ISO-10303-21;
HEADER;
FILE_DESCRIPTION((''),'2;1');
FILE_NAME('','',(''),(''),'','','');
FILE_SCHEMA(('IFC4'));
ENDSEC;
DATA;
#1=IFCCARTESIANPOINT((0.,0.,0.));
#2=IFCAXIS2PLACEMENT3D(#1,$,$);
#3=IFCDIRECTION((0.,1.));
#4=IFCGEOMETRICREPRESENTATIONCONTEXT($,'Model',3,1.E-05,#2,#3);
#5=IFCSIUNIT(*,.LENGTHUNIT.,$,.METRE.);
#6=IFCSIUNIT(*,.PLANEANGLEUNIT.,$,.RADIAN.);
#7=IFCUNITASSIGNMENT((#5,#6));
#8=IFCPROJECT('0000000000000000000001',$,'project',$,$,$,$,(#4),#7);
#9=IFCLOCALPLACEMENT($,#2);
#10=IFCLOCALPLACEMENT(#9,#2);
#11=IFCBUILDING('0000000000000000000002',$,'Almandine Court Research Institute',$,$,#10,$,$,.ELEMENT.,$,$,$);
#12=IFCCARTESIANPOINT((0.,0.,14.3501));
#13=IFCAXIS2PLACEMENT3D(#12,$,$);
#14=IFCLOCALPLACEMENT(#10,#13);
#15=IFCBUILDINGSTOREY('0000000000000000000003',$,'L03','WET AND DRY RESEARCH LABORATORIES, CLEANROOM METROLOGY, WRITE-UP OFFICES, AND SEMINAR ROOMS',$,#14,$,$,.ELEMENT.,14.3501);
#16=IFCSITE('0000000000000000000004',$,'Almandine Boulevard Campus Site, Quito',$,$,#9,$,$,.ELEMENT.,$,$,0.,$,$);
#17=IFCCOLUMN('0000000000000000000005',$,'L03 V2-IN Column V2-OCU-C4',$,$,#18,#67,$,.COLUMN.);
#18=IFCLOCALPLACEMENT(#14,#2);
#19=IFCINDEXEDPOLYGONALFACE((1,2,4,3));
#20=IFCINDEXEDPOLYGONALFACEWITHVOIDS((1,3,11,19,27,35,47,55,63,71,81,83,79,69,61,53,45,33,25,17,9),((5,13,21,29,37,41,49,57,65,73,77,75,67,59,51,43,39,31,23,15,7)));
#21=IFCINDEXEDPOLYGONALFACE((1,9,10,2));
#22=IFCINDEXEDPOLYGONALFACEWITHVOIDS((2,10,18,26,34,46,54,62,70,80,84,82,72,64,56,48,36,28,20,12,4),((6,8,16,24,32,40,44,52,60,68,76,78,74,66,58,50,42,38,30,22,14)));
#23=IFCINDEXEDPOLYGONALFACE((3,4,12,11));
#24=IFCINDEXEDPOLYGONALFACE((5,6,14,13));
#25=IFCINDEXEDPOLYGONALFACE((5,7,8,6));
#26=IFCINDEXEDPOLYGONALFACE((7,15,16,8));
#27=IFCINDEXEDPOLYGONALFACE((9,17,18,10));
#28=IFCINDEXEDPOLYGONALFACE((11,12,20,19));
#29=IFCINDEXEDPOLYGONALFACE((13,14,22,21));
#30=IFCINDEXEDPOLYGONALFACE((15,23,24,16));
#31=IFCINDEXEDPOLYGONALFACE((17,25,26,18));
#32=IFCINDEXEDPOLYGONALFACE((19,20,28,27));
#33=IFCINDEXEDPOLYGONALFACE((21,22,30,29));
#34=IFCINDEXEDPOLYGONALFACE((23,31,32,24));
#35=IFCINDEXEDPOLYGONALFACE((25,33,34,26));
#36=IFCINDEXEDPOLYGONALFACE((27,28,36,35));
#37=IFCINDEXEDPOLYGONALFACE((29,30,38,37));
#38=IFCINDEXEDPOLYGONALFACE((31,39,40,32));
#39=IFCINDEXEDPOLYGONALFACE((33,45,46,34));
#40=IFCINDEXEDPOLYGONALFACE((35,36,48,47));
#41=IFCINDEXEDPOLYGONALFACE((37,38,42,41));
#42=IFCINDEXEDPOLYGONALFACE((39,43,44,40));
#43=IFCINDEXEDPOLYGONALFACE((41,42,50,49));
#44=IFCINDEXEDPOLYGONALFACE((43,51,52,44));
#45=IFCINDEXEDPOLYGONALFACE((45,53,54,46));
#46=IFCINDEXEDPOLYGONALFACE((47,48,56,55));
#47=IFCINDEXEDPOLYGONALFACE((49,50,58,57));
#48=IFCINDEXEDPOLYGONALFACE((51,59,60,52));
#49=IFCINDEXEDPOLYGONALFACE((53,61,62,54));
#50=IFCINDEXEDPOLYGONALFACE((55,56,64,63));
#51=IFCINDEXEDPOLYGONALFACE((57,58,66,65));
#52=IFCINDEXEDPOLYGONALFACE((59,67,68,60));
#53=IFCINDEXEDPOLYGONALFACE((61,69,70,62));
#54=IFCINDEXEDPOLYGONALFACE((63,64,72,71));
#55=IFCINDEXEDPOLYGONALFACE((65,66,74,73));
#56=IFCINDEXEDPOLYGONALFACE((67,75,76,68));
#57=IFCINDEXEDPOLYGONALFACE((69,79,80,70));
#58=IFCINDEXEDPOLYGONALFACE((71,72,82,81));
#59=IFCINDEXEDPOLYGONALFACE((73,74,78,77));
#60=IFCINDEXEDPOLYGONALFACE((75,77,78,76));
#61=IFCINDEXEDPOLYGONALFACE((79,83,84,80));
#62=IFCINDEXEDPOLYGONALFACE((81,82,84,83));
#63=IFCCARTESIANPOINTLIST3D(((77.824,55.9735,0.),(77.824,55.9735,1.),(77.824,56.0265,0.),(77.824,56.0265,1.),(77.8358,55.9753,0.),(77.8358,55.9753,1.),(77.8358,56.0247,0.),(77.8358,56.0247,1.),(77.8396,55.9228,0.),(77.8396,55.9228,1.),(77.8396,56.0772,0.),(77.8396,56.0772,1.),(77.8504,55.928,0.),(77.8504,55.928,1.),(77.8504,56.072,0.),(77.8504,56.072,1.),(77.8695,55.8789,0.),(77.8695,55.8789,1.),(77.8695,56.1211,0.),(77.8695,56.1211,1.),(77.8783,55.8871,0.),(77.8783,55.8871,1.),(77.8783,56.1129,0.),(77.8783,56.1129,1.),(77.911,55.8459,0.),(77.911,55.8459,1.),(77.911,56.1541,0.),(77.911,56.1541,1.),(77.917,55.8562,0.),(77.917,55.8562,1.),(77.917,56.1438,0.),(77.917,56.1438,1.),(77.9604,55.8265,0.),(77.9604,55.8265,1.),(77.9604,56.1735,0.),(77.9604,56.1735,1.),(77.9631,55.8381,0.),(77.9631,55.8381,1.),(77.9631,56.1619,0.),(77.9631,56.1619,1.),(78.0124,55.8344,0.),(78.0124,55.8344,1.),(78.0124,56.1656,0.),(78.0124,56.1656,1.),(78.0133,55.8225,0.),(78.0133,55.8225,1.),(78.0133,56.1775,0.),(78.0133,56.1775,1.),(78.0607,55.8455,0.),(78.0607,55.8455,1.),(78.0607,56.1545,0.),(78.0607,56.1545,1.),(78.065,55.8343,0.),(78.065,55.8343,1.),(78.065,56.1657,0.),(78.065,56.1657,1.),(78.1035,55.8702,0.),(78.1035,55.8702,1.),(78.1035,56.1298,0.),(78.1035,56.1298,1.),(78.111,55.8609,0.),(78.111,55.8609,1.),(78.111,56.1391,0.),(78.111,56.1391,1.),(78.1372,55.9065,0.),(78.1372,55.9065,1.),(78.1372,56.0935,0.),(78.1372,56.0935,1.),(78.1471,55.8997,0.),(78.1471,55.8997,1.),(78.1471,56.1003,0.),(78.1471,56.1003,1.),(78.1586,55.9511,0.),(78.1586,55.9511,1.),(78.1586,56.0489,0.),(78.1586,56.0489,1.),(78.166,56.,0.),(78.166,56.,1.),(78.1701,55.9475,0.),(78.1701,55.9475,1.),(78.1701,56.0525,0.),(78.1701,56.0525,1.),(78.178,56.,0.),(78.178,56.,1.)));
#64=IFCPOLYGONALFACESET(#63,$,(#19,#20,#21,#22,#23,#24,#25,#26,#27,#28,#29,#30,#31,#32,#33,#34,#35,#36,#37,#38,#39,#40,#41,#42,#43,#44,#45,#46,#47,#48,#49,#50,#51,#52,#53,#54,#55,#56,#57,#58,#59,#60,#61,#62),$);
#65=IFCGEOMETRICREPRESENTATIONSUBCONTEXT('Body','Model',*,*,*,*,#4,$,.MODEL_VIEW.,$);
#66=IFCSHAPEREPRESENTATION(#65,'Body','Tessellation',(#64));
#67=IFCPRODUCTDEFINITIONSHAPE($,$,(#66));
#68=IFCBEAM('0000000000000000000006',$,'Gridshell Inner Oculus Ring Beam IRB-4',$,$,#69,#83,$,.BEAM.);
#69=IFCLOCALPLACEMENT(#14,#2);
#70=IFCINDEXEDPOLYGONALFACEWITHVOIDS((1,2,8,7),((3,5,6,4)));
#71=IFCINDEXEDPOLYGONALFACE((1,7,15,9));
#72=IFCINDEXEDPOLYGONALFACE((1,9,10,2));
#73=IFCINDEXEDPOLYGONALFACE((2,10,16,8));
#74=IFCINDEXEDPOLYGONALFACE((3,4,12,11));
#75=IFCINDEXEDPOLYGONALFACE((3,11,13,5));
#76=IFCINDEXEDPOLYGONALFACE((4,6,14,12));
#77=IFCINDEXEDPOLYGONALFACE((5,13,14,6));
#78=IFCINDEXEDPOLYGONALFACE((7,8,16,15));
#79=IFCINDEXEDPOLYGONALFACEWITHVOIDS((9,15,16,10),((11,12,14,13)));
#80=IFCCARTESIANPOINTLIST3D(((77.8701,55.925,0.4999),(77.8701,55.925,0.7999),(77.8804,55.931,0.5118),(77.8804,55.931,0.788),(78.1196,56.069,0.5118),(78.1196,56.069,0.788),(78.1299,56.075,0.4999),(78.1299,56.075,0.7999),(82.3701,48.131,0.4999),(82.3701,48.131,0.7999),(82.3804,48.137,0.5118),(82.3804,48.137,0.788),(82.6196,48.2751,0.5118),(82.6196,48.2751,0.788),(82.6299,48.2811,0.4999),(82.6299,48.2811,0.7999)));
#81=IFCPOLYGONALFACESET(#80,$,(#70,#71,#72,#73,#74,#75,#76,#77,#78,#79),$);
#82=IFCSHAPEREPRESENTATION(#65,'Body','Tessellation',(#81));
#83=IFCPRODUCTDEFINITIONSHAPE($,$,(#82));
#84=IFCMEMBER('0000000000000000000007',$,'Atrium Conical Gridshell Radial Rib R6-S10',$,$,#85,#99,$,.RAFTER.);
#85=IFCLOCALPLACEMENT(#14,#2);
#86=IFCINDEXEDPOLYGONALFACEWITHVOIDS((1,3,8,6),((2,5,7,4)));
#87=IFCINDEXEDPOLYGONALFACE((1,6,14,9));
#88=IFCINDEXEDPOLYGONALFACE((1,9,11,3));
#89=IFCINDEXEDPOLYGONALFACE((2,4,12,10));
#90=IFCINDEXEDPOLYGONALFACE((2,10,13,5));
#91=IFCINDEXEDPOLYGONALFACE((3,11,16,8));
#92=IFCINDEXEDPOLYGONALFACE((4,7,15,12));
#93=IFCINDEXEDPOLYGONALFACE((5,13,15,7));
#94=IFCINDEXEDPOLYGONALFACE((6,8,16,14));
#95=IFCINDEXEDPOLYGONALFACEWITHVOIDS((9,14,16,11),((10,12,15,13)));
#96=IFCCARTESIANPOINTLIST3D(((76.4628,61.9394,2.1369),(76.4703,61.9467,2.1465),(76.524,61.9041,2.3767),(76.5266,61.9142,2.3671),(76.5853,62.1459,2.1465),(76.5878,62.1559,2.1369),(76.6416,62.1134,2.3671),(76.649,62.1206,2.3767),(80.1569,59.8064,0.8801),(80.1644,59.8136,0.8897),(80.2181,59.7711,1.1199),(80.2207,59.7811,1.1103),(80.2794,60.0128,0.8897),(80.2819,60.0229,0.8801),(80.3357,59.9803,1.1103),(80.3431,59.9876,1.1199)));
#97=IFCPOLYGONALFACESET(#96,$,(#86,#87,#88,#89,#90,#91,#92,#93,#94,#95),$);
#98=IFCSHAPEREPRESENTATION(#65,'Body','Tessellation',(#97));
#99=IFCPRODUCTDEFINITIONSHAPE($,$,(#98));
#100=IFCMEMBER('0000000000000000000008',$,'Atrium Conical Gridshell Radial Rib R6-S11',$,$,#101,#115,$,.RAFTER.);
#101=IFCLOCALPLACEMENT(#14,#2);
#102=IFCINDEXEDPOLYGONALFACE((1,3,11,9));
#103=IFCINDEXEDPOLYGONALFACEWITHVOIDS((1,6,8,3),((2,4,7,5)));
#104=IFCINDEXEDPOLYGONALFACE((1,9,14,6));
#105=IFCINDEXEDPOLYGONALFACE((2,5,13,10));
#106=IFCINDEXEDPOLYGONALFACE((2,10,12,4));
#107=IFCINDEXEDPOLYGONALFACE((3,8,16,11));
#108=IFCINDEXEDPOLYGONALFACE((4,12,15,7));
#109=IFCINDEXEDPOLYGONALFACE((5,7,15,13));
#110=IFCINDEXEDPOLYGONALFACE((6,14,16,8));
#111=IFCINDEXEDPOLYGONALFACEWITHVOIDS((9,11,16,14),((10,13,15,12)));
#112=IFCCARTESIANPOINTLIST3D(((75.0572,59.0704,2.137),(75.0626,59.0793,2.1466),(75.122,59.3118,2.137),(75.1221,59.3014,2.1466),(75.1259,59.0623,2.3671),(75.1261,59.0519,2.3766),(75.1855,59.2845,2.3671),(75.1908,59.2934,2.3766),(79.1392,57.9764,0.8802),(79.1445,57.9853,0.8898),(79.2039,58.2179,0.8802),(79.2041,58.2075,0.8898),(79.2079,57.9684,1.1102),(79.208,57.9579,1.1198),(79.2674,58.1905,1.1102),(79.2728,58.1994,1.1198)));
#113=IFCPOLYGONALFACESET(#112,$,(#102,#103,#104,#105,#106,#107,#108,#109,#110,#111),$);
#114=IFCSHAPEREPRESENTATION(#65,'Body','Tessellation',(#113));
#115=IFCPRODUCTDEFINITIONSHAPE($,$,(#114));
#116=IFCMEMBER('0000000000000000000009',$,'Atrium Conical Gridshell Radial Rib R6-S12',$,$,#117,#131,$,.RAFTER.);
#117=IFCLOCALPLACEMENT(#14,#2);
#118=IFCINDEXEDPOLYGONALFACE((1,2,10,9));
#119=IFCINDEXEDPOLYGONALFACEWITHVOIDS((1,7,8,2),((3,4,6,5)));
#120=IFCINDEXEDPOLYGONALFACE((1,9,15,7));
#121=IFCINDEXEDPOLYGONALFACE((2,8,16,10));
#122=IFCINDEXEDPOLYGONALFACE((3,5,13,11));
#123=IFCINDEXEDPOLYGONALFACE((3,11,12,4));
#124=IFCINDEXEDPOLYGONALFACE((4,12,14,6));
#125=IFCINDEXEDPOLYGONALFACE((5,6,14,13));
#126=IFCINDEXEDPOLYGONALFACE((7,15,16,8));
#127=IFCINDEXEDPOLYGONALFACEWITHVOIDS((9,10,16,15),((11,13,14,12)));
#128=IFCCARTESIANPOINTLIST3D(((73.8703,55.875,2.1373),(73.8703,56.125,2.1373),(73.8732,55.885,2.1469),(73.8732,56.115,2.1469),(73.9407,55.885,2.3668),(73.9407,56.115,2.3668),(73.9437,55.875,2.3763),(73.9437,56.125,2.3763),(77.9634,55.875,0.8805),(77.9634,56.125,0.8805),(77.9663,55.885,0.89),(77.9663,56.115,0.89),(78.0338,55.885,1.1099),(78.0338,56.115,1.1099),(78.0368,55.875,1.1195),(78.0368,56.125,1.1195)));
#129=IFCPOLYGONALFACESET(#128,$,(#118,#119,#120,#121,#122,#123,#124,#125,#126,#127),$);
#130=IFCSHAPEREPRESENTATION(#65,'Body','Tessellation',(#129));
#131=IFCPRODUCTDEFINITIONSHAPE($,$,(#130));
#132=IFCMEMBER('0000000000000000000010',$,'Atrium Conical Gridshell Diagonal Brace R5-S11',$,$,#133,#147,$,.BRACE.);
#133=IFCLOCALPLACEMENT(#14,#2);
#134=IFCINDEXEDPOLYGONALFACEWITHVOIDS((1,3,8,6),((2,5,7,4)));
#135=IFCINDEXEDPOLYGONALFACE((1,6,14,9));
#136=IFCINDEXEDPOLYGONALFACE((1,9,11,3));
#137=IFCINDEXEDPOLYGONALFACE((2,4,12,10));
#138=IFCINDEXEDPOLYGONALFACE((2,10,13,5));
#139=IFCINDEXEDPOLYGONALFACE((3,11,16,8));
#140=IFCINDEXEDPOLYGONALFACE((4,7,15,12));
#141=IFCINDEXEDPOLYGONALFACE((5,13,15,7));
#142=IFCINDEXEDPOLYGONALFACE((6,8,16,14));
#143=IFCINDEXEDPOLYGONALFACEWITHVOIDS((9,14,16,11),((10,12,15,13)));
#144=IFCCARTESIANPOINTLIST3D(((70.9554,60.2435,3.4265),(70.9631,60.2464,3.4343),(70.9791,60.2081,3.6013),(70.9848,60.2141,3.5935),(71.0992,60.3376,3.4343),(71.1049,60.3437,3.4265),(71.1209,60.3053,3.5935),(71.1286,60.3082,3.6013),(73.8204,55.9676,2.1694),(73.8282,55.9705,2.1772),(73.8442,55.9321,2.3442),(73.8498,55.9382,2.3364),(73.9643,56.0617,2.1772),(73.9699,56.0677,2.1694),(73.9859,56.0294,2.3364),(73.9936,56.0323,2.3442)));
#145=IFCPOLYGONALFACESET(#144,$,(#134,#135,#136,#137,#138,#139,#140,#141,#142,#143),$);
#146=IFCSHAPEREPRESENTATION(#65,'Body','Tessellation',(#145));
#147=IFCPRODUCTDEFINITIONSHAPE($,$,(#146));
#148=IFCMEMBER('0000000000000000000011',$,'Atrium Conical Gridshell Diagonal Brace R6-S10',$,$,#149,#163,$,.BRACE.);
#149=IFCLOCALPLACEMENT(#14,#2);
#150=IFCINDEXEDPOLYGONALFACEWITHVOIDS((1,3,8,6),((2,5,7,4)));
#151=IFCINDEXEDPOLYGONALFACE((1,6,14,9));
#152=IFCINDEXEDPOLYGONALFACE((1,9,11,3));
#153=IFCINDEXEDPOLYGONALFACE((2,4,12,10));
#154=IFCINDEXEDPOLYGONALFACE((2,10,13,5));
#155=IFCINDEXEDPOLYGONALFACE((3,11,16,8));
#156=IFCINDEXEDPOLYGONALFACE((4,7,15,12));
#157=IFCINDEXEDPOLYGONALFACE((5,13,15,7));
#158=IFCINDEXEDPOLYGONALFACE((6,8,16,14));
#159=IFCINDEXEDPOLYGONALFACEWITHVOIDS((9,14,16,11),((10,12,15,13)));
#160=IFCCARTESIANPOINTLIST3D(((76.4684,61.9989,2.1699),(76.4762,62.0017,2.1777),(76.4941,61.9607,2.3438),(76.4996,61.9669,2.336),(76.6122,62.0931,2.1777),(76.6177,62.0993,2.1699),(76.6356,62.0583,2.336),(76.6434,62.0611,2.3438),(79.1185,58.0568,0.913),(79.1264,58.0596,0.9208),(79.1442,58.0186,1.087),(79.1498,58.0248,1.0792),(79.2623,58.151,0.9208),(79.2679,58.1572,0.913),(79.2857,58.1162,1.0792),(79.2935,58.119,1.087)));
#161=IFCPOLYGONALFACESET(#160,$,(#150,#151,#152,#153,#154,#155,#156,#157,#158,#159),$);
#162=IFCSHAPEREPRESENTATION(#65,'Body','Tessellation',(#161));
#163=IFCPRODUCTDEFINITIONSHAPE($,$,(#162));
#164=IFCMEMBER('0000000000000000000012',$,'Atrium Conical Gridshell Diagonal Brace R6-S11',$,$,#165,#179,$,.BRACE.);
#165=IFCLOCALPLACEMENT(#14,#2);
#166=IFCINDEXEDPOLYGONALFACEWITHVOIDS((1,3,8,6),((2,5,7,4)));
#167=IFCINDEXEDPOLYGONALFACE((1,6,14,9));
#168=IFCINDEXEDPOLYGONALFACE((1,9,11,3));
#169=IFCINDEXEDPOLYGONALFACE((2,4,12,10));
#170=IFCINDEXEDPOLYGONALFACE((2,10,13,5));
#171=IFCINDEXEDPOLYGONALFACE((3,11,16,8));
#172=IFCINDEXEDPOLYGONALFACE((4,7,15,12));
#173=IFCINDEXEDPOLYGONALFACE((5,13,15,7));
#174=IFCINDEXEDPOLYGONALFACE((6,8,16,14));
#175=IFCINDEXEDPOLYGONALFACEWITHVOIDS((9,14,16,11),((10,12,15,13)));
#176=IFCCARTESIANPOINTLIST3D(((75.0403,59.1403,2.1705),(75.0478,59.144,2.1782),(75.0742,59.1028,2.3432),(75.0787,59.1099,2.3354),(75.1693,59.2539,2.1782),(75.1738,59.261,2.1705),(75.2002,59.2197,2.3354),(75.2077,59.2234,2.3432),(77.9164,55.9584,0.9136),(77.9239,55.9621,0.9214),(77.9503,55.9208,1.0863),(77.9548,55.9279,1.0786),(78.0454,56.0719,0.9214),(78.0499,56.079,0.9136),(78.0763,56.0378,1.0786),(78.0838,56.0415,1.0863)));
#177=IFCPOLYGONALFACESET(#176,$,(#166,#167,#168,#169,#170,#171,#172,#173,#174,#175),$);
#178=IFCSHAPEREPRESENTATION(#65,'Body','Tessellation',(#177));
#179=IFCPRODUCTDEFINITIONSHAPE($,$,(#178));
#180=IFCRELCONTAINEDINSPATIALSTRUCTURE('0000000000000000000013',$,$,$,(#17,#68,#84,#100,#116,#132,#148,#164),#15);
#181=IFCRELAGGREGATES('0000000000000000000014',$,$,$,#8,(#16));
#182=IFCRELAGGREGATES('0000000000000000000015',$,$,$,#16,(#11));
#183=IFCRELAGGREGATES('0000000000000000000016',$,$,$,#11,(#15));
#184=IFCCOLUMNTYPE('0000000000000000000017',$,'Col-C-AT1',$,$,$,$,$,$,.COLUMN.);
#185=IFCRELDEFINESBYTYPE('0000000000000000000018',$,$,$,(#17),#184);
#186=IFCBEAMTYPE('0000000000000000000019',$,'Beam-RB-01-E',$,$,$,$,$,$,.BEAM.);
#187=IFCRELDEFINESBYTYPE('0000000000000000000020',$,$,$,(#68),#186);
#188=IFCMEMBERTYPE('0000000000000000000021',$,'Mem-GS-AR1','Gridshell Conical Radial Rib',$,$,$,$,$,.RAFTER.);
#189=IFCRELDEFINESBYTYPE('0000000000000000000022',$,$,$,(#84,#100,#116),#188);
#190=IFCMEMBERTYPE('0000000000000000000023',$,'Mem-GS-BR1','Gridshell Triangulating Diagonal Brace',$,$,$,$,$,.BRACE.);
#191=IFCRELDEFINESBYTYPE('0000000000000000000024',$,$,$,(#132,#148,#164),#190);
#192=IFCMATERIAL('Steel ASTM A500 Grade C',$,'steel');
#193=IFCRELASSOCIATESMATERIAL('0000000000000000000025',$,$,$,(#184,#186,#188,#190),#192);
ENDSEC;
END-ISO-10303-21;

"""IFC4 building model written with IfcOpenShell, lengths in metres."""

from ifc_helpers import new_model, si_unit, direction, frame, origin, origin_2d, place, context, subcontext, project, spatial, hollow_rectangle, hollow_circle, extrude, material, material_profile, profile_set, type_object, element, save


model = new_model("IFC4")

# Units and contexts
model_context = context("Model", 3, precision=1e-05, world=origin(), true_north=direction((0.0, 1.0)))
body_context = subcontext(model_context, "Body", "Model", "MODEL_VIEW")
ifc_project = project(units=[si_unit("LENGTHUNIT", "METRE"), si_unit("PLANEANGLEUNIT", "RADIAN")], contexts=[model_context])

# Site, building, storey
site_placement = place(None, origin())
site = spatial("IfcSite", under=ifc_project, at=site_placement, Name="Almandine Boulevard Campus Site, Quito", CompositionType="ELEMENT", RefElevation=0.0)
building_placement = place(site_placement, origin())
building = spatial("IfcBuilding", under=site, at=building_placement, Name="Almandine Court Research Institute", CompositionType="ELEMENT")
storey_placement = place(building_placement, frame((0.0, 0.0, 14.3501)))
storey = spatial("IfcBuildingStorey", under=building, at=storey_placement, Name="L03", Description="WET AND DRY RESEARCH LABORATORIES, CLEANROOM METROLOGY, WRITE-UP OFFICES, AND SEMINAR ROOMS", CompositionType="ELEMENT", Elevation=14.3501)

# Column
ifc_material_1 = material(Name="Steel ASTM A500 Grade C", Category="steel")
ifc_material_profile_1 = material_profile(ifc_material_1, hollow_circle(Radius=0.178, WallThickness=0.012, at=origin_2d()), Name="CHS 356x12")
ifc_profile_set_1 = profile_set([ifc_material_profile_1], Name="Steel ASTM A500 Grade C")
column_type = type_object("IfcColumnType", Name="Col-C-AT1", PredefinedType="COLUMN", material=ifc_profile_set_1)
column_placement = place(storey_placement, frame((78.0, 56.0, 0.0), z_axis=(0.0, 0.0, 1.0), x_axis=(1.0, 0.0, 0.0)))
element("IfcColumn", 1, at=column_placement, inside=storey, type_object=column_type, Name="L03 V2-IN Column V2-OCU-C4", PredefinedType="COLUMN", context=body_context, shape_type="SweptSolid", body=[
    extrude(hollow_circle(Radius=0.178, WallThickness=0.012, at=origin_2d()), origin(), (0.0, 0.0, 1.0), 1.0),
])

# Beam
ifc_material_profile_2 = material_profile(ifc_material_1, hollow_rectangle(XDim=0.3, YDim=0.3, WallThickness=0.012, at=origin_2d()), Name="HSS 300x300x12")
ifc_profile_set_2 = profile_set([ifc_material_profile_2], Name="Steel ASTM A500 Grade C")
beam_type = type_object("IfcBeamType", Name="Beam-RB-01-E", PredefinedType="BEAM", material=ifc_profile_set_2)
beam_placement = place(storey_placement, frame((78.0, 56.0, 0.6499), z_axis=(0.500014, -0.866018, 0.0), x_axis=(0.866018, 0.500014, 0.0)))
element("IfcBeam", 2, at=beam_placement, inside=storey, type_object=beam_type, Name="Gridshell Inner Oculus Ring Beam IRB-4", PredefinedType="BEAM", context=body_context, shape_type="SweptSolid", body=[
    extrude(hollow_rectangle(XDim=0.3, YDim=0.3, WallThickness=0.012, at=origin_2d()), origin(), (0.0, 0.0, 1.0), 8.9998),
])

# Members
ifc_material_profile_3 = material_profile(ifc_material_1, hollow_rectangle(XDim=0.25, YDim=0.25, WallThickness=0.01, at=origin_2d()), Name="HSS 250x250x10")
ifc_profile_set_3 = profile_set([ifc_material_profile_3], Name="Steel ASTM A500 Grade C")
member_type_1 = type_object("IfcMemberType", Name="Mem-GS-AR1", Description="Gridshell Conical Radial Rib", PredefinedType="RAFTER", material=ifc_profile_set_3)
member_1_placement = place(storey_placement, frame((76.5559, 62.03, 2.2568), z_axis=(0.830691, -0.479661, -0.282625), x_axis=(0.500048, 0.865998, 0.0)))
element("IfcMember", 3, at=member_1_placement, inside=storey, type_object=member_type_1, Name="Atrium Conical Gridshell Radial Rib R6-S10", PredefinedType="RAFTER", context=body_context, shape_type="SweptSolid", body=[
    extrude(hollow_rectangle(XDim=0.25, YDim=0.25, WallThickness=0.01, at=origin_2d()), origin(), (0.0, 0.0, 1.0), 4.447),
])
member_2_placement = place(storey_placement, frame((75.124, 59.1819, 2.2568), z_axis=(0.925837, -0.248126, -0.28506), x_axis=(0.258867, 0.965913, 0.0)))
element("IfcMember", 4, at=member_2_placement, inside=storey, type_object=member_type_1, Name="Atrium Conical Gridshell Radial Rib R6-S11", PredefinedType="RAFTER", context=body_context, shape_type="SweptSolid", body=[
    extrude(hollow_rectangle(XDim=0.25, YDim=0.25, WallThickness=0.01, at=origin_2d()), origin(), (0.0, 0.0, 1.0), 4.4089),
])
member_3_placement = place(storey_placement, frame((73.907, 56.0, 2.2568), z_axis=(0.955947, 0.0, -0.293541), x_axis=(0.0, 1.0, 0.0)))
element("IfcMember", 5, at=member_3_placement, inside=storey, type_object=member_type_1, Name="Atrium Conical Gridshell Radial Rib R6-S12", PredefinedType="RAFTER", context=body_context, shape_type="SweptSolid", body=[
    extrude(hollow_rectangle(XDim=0.25, YDim=0.25, WallThickness=0.01, at=origin_2d()), origin(), (0.0, 0.0, 1.0), 4.2817),
])
ifc_material_profile_4 = material_profile(ifc_material_1, hollow_rectangle(XDim=0.1799, YDim=0.1799, WallThickness=0.0081, at=origin_2d()), Name="HSS 180x180x8")
ifc_profile_set_4 = profile_set([ifc_material_profile_4], Name="Steel ASTM A500 Grade C")
member_type_2 = type_object("IfcMemberType", Name="Mem-GS-BR1", Description="Gridshell Triangulating Diagonal Brace", PredefinedType="BRACE", material=ifc_profile_set_4)
member_4_placement = place(storey_placement, frame((71.042, 60.2759, 3.5139), z_axis=(0.540742, -0.807035, -0.237263), x_axis=(0.830756, 0.556636, 0.0)))
element("IfcMember", 6, at=member_4_placement, inside=storey, type_object=member_type_2, Name="Atrium Conical Gridshell Diagonal Brace R5-S11", PredefinedType="BRACE", context=body_context, shape_type="SweptSolid", body=[
    extrude(hollow_rectangle(XDim=0.1799, YDim=0.1799, WallThickness=0.0081, at=origin_2d()), origin(), (0.0, 0.0, 1.0), 5.2983),
])
member_5_placement = place(storey_placement, frame((76.5559, 62.03, 2.2568), z_axis=(0.53935, -0.802293, -0.255788), x_axis=(0.829901, 0.55791, 0.0)))
element("IfcMember", 7, at=member_5_placement, inside=storey, type_object=member_type_2, Name="Atrium Conical Gridshell Diagonal Brace R6-S10", PredefinedType="BRACE", context=body_context, shape_type="SweptSolid", body=[
    extrude(hollow_rectangle(XDim=0.1799, YDim=0.1799, WallThickness=0.0081, at=origin_2d()), origin(), (0.0, 0.0, 1.0), 4.9136),
])
member_6_placement = place(storey_placement, frame((75.124, 59.1819, 2.2568), z_axis=(0.643486, -0.711931, -0.281211), x_axis=(0.741869, 0.670545, 0.0)))
element("IfcMember", 8, at=member_6_placement, inside=storey, type_object=member_type_2, Name="Atrium Conical Gridshell Diagonal Brace R6-S11", PredefinedType="BRACE", context=body_context, shape_type="SweptSolid", body=[
    extrude(hollow_rectangle(XDim=0.1799, YDim=0.1799, WallThickness=0.0081, at=origin_2d()), origin(), (0.0, 0.0, 1.0), 4.4695),
])

save(model, "model.ifc")
